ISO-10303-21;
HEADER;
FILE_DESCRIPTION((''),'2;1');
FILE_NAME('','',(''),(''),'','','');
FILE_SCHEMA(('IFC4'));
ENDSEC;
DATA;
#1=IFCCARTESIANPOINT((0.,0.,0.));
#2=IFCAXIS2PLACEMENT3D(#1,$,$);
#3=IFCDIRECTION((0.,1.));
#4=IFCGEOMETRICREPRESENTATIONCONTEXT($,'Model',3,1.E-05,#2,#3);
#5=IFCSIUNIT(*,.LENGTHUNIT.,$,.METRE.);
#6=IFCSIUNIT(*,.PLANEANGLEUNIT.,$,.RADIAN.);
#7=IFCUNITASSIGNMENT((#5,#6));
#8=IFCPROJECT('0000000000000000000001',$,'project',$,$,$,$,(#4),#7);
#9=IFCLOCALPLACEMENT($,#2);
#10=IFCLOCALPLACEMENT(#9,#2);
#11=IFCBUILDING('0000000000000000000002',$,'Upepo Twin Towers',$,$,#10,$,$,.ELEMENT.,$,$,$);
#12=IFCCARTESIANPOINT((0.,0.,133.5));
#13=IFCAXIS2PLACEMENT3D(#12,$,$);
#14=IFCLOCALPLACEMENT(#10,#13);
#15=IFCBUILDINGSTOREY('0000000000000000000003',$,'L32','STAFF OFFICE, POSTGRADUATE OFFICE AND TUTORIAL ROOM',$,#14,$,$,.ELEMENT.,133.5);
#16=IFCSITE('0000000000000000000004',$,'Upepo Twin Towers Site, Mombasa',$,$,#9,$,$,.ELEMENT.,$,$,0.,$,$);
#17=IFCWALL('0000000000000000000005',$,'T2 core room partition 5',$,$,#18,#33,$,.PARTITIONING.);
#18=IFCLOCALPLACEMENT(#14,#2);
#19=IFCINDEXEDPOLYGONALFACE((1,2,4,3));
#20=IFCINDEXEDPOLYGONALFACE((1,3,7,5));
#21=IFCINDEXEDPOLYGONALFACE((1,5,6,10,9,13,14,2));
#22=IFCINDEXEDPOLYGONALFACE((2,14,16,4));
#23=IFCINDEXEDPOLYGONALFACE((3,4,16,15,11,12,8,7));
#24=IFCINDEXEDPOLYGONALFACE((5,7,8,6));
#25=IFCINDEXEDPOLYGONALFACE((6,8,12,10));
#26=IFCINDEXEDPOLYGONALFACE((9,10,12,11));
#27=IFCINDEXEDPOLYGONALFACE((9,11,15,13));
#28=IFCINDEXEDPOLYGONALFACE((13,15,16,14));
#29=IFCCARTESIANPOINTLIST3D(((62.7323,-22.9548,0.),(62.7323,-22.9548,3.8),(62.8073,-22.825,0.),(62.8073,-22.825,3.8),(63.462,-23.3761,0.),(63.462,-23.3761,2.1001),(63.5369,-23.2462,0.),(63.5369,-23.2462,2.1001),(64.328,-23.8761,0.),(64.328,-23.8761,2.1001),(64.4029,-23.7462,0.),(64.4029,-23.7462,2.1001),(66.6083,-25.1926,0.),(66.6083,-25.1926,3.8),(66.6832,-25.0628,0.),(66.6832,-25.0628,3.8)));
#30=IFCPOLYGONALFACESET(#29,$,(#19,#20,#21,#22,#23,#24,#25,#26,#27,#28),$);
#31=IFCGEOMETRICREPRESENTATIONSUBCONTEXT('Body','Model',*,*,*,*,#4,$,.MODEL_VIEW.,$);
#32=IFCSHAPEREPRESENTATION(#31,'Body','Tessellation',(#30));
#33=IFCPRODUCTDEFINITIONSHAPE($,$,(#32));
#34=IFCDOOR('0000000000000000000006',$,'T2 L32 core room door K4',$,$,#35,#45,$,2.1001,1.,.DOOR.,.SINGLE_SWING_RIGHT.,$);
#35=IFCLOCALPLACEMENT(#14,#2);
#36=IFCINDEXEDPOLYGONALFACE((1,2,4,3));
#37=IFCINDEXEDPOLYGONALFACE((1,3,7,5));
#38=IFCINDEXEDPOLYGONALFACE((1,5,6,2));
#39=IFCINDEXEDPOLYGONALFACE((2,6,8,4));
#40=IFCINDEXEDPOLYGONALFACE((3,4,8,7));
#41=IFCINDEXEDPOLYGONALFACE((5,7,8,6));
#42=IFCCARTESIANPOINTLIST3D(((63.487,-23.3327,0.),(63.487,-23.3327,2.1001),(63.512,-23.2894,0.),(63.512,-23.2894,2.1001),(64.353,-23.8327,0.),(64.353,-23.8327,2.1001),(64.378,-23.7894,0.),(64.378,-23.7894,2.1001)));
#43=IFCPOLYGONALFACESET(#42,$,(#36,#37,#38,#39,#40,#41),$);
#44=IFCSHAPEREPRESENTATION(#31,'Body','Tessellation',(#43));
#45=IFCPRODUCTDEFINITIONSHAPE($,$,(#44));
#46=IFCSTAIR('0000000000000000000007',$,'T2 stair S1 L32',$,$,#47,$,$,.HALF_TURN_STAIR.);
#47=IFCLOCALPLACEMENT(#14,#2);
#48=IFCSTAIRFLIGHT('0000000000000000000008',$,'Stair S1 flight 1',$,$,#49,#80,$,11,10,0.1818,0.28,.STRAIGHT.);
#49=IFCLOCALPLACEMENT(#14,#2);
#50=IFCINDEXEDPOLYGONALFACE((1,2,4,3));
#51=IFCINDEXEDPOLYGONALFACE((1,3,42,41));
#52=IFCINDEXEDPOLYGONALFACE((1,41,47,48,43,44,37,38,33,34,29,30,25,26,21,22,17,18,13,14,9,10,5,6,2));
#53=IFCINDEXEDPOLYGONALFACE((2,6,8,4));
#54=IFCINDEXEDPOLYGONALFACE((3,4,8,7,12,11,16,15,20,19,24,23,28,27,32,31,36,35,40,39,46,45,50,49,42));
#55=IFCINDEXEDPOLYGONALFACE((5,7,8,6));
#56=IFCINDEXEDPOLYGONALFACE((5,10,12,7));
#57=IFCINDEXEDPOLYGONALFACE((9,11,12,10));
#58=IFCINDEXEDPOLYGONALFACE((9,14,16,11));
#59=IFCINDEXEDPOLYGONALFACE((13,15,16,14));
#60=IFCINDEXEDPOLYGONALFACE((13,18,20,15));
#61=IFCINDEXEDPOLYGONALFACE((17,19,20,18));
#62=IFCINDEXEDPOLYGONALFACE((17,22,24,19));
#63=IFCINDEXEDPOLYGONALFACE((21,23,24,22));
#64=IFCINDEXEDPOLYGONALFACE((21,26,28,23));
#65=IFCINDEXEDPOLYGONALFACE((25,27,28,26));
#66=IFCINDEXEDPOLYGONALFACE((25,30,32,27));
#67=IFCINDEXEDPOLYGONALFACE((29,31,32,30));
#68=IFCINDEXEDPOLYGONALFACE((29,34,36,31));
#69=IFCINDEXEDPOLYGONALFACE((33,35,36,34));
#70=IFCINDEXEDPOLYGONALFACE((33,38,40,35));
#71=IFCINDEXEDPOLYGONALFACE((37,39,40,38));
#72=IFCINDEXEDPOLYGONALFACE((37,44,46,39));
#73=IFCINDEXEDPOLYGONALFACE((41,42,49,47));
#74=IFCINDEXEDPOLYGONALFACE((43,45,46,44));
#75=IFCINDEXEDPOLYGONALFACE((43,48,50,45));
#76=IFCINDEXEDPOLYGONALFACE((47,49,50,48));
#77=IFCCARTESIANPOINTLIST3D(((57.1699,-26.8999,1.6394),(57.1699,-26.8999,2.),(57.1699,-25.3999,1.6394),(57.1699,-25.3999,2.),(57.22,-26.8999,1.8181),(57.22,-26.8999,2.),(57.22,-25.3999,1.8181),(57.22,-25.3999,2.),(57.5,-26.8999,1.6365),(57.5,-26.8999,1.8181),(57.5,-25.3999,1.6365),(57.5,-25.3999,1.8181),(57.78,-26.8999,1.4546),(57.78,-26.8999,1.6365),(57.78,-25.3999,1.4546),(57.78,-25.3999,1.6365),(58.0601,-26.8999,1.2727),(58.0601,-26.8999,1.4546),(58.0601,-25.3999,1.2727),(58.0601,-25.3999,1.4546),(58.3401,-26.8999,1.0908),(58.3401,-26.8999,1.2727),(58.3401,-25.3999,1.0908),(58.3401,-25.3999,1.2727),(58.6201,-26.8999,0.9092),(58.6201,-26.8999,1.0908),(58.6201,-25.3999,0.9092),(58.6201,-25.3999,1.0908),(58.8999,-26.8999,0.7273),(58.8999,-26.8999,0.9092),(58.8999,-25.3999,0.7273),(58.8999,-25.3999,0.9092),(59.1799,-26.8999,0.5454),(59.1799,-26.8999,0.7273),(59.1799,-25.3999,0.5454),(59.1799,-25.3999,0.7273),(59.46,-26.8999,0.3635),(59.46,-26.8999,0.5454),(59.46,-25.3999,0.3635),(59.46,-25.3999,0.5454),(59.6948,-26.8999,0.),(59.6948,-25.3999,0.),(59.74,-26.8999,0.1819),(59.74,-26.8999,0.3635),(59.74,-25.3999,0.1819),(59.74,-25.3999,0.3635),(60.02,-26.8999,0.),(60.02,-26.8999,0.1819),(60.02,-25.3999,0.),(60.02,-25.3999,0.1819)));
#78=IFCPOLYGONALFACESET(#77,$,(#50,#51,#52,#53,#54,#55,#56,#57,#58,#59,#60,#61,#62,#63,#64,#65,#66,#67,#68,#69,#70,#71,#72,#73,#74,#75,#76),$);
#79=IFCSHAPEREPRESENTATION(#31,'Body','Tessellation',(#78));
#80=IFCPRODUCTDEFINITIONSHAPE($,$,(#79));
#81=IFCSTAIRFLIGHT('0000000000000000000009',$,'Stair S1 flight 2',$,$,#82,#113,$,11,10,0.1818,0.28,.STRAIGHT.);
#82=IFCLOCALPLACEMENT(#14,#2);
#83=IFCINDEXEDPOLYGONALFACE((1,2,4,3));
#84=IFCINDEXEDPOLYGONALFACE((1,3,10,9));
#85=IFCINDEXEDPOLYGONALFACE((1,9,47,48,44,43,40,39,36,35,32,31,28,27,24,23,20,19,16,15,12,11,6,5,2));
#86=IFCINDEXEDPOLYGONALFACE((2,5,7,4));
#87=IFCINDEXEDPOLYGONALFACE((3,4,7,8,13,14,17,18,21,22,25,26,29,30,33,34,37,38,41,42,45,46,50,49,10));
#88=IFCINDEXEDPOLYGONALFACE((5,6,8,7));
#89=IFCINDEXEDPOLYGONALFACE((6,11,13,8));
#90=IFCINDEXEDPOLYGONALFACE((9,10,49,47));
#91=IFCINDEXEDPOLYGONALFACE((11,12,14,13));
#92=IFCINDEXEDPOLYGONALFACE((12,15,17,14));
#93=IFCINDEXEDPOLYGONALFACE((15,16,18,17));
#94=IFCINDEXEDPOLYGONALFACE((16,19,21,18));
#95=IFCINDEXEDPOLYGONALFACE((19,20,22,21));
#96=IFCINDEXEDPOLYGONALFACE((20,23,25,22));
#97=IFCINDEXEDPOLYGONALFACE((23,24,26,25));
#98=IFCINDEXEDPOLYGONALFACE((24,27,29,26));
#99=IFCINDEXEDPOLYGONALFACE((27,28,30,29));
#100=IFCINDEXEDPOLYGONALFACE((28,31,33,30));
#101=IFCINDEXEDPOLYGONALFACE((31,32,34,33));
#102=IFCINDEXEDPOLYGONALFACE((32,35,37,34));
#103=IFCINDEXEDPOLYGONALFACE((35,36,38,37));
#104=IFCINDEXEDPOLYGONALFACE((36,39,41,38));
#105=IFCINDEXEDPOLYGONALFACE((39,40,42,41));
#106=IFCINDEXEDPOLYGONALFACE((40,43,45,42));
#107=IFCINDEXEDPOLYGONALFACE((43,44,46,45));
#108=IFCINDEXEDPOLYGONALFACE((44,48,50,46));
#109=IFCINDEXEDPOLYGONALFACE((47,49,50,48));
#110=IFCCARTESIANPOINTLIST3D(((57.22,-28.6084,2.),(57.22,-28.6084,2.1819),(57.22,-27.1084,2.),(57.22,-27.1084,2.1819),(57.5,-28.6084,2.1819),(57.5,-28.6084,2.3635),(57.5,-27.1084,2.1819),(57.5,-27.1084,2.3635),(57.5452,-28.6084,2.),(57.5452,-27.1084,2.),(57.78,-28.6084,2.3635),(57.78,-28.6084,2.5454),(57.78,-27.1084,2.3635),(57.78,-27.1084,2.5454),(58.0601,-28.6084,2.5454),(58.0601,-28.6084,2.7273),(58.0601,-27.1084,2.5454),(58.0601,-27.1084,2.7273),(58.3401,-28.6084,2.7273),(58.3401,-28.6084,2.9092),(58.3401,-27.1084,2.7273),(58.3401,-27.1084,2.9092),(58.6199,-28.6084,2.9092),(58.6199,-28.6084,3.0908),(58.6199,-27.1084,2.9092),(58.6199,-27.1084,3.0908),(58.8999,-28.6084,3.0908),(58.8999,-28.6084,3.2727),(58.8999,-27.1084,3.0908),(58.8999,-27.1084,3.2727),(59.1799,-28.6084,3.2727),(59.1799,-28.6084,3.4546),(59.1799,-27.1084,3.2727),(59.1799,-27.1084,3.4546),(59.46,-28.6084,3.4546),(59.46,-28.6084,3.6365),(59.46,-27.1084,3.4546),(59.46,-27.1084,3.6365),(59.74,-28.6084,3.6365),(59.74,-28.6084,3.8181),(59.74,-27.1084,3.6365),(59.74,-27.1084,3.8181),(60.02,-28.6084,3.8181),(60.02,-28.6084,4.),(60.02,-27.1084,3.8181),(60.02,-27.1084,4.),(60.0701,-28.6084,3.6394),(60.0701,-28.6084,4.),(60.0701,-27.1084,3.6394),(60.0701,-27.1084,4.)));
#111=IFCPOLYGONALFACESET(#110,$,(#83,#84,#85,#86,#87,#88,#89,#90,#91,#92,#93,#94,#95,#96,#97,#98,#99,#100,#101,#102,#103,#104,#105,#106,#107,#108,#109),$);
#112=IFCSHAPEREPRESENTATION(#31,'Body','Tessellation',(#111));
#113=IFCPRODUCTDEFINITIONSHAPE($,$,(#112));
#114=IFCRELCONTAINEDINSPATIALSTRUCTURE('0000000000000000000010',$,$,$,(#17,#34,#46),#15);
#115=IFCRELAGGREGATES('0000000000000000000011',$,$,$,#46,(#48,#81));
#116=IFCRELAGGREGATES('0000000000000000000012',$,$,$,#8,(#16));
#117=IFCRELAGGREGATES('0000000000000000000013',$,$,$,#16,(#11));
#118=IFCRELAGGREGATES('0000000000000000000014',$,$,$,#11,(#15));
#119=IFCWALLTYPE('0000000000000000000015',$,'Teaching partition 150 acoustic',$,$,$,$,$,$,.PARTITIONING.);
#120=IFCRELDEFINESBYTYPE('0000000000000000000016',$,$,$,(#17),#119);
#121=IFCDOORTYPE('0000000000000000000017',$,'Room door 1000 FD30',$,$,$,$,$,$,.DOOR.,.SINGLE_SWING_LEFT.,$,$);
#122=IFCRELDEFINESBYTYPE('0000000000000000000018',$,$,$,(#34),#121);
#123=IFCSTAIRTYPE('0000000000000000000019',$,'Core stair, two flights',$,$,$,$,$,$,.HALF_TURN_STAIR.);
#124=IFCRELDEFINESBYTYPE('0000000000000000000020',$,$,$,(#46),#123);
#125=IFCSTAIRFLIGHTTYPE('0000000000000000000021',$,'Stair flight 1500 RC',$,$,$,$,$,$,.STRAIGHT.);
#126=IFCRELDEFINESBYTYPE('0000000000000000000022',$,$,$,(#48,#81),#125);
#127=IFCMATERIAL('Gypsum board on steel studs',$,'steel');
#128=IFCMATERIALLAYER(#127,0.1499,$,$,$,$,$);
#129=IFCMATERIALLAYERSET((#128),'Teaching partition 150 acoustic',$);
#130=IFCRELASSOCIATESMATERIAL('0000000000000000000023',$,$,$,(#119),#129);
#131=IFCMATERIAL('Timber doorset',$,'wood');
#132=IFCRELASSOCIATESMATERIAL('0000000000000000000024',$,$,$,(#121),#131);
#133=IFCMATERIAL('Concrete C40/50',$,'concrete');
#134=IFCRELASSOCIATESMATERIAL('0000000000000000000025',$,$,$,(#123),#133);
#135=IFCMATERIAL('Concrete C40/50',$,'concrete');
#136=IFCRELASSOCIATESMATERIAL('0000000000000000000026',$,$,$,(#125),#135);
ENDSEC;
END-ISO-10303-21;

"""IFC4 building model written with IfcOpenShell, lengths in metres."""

from ifc_helpers import new_model, si_unit, direction, frame, frame_2d, origin, place, context, subcontext, project, spatial, polyline, rectangle, outline, extrude, material, layer, layer_set, type_object, element, fill, aggregate, save


model = new_model("IFC4")

# Units and contexts
model_context = context("Model", 3, precision=1e-05, world=origin(), true_north=direction((0.0, 1.0)))
body_context = subcontext(model_context, "Body", "Model", "MODEL_VIEW")
ifc_project = project(units=[si_unit("LENGTHUNIT", "METRE"), si_unit("PLANEANGLEUNIT", "RADIAN")], contexts=[model_context])

# Site, building, storey
site_placement = place(None, origin())
site = spatial("IfcSite", under=ifc_project, at=site_placement, Name="Upepo Twin Towers Site, Mombasa", CompositionType="ELEMENT", RefElevation=0.0)
building_placement = place(site_placement, origin())
building = spatial("IfcBuilding", under=site, at=building_placement, Name="Upepo Twin Towers", CompositionType="ELEMENT")
storey_placement = place(building_placement, frame((0.0, 0.0, 133.5)))
storey = spatial("IfcBuildingStorey", under=building, at=storey_placement, Name="L32", Description="STAFF OFFICE, POSTGRADUATE OFFICE AND TUTORIAL ROOM", CompositionType="ELEMENT", Elevation=133.5)

# Wall, opening, door
ifc_material_1 = material(Name="Gypsum board on steel studs", Category="steel")
ifc_layer_1 = layer(ifc_material_1, 0.1499)
ifc_layer_set_1 = layer_set([ifc_layer_1], Name="Teaching partition 150 acoustic")
wall_type_1 = type_object("IfcWallType", Name="Teaching partition 150 acoustic", PredefinedType="PARTITIONING", material=ifc_layer_set_1)
ifc_material_2 = material(Name="Timber doorset", Category="wood")
door_type_1 = type_object("IfcDoorType", Name="Room door 1000 FD30", OperationType="SINGLE_SWING_LEFT", PredefinedType="DOOR", material=ifc_material_2)
wall_1_placement = place(storey_placement, frame((66.6458, -25.1277, 0.0), z_axis=(0.0, 0.0, 1.0), x_axis=(-0.866026, 0.499999, 0.0)))
wall_1 = element("IfcWall", 1, at=wall_1_placement, inside=storey, type_object=wall_type_1, Name="T2 core room partition 5", PredefinedType="PARTITIONING", context=body_context, shape_type="SweptSolid", body=[
    extrude(rectangle(XDim=4.4756, YDim=0.1499, at=frame_2d((2.2378, 0.0))), origin(), (0.0, 0.0, 1.0), 3.8),
])
opening_1_placement = place(wall_1_placement, frame((2.6331, 0.0, 0.0)))
opening_1 = element("IfcOpeningElement", 2, at=opening_1_placement, cuts=wall_1, PredefinedType="OPENING", context=body_context, shape_type="SweptSolid", body=[
    extrude(rectangle(XDim=1.0, YDim=2.1001, at=frame_2d((0.5, 1.05))), frame((0.0, 0.085, 0.0), z_axis=(0.0, -1.0, 0.0), x_axis=(1.0, 0.0, 0.0)), (0.0, 0.0, 1.0), 0.1699),
])
door_1_placement = place(opening_1_placement, origin())
door_1 = element("IfcDoor", 3, at=door_1_placement, inside=storey, type_object=door_type_1, Name="T2 L32 core room door K4", OperationType="SINGLE_SWING_RIGHT", OverallHeight=2.1001, OverallWidth=1.0, PredefinedType="DOOR", context=body_context, shape_type="SweptSolid", body=[
    extrude(rectangle(XDim=1.0, YDim=2.1001, at=frame_2d((0.5, 1.05))), frame((0.0, 0.0249, 0.0), z_axis=(0.0, -1.0, 0.0), x_axis=(1.0, 0.0, 0.0)), (0.0, 0.0, 1.0), 0.05),
])
fill(opening_1, door_1)

# Stair, stair flights
ifc_material_3 = material(Name="Concrete C40/50", Category="concrete")
stair_type = type_object("IfcStairType", Name="Core stair, two flights", PredefinedType="HALF_TURN_STAIR", material=ifc_material_3)
stair_placement = place(storey_placement, origin())
stair = element("IfcStair", 4, at=stair_placement, inside=storey, type_object=stair_type, Name="T2 stair S1 L32", PredefinedType="HALF_TURN_STAIR")
ifc_material_4 = material(Name="Concrete C40/50", Category="concrete")
stair_flight_type = type_object("IfcStairFlightType", Name="Stair flight 1500 RC", PredefinedType="STRAIGHT", material=ifc_material_4)
stair_flight_1_placement = place(storey_placement, frame((60.02, -26.1499, 0.0), z_axis=(0.0, 0.0, 1.0), x_axis=(-1.0, 0.0, 0.0)))
stair_flight_1 = element("IfcStairFlight", 5, at=stair_flight_1_placement, type_object=stair_flight_type, Name="Stair S1 flight 1", NumberOfRisers=11, NumberOfTreads=10, PredefinedType="STRAIGHT", RiserHeight=0.1818, TreadLength=0.28, context=body_context, shape_type="SweptSolid", body=[
    extrude(outline(polyline([(0.0, 0.0), (0.0, 0.1819), (0.28, 0.1819), (0.28, 0.3635), (0.5601, 0.3635), (0.5601, 0.5454), (0.8401, 0.5454), (0.8401, 0.7273), (1.1201, 0.7273), (1.1201, 0.9092), (1.3999, 0.9092), (1.3999, 1.0908), (1.6799, 1.0908), (1.6799, 1.2727), (1.96, 1.2727), (1.96, 1.4546), (2.24, 1.4546), (2.24, 1.6365), (2.52, 1.6365), (2.52, 1.8181), (2.8, 1.8181), (2.8, 2.0), (2.8501, 2.0), (2.8501, 1.6394), (0.3252, 0.0), (0.0, 0.0)])), frame((0.0, 0.75, 0.0), z_axis=(0.0, -1.0, 0.0), x_axis=(1.0, 0.0, 0.0)), (0.0, 0.0, 1.0), 1.5),
])
stair_flight_2_placement = place(storey_placement, frame((57.22, -27.8584, 2.0), z_axis=(0.0, 0.0, 1.0), x_axis=(1.0, 0.0, 0.0)))
stair_flight_2 = element("IfcStairFlight", 6, at=stair_flight_2_placement, type_object=stair_flight_type, Name="Stair S1 flight 2", NumberOfRisers=11, NumberOfTreads=10, PredefinedType="STRAIGHT", RiserHeight=0.1818, TreadLength=0.28, context=body_context, shape_type="SweptSolid", body=[
    extrude(outline(polyline([(0.0, 0.0), (0.0, 0.1819), (0.28, 0.1819), (0.28, 0.3635), (0.5601, 0.3635), (0.5601, 0.5454), (0.8401, 0.5454), (0.8401, 0.7273), (1.1201, 0.7273), (1.1201, 0.9092), (1.3999, 0.9092), (1.3999, 1.0908), (1.6799, 1.0908), (1.6799, 1.2727), (1.96, 1.2727), (1.96, 1.4546), (2.24, 1.4546), (2.24, 1.6365), (2.52, 1.6365), (2.52, 1.8181), (2.8, 1.8181), (2.8, 2.0), (2.8501, 2.0), (2.8501, 1.6394), (0.3252, 0.0), (0.0, 0.0)])), frame((0.0, 0.75, 0.0), z_axis=(0.0, -1.0, 0.0), x_axis=(1.0, 0.0, 0.0)), (0.0, 0.0, 1.0), 1.5),
])
aggregate(stair, [stair_flight_1, stair_flight_2])

save(model, "model.ifc")
